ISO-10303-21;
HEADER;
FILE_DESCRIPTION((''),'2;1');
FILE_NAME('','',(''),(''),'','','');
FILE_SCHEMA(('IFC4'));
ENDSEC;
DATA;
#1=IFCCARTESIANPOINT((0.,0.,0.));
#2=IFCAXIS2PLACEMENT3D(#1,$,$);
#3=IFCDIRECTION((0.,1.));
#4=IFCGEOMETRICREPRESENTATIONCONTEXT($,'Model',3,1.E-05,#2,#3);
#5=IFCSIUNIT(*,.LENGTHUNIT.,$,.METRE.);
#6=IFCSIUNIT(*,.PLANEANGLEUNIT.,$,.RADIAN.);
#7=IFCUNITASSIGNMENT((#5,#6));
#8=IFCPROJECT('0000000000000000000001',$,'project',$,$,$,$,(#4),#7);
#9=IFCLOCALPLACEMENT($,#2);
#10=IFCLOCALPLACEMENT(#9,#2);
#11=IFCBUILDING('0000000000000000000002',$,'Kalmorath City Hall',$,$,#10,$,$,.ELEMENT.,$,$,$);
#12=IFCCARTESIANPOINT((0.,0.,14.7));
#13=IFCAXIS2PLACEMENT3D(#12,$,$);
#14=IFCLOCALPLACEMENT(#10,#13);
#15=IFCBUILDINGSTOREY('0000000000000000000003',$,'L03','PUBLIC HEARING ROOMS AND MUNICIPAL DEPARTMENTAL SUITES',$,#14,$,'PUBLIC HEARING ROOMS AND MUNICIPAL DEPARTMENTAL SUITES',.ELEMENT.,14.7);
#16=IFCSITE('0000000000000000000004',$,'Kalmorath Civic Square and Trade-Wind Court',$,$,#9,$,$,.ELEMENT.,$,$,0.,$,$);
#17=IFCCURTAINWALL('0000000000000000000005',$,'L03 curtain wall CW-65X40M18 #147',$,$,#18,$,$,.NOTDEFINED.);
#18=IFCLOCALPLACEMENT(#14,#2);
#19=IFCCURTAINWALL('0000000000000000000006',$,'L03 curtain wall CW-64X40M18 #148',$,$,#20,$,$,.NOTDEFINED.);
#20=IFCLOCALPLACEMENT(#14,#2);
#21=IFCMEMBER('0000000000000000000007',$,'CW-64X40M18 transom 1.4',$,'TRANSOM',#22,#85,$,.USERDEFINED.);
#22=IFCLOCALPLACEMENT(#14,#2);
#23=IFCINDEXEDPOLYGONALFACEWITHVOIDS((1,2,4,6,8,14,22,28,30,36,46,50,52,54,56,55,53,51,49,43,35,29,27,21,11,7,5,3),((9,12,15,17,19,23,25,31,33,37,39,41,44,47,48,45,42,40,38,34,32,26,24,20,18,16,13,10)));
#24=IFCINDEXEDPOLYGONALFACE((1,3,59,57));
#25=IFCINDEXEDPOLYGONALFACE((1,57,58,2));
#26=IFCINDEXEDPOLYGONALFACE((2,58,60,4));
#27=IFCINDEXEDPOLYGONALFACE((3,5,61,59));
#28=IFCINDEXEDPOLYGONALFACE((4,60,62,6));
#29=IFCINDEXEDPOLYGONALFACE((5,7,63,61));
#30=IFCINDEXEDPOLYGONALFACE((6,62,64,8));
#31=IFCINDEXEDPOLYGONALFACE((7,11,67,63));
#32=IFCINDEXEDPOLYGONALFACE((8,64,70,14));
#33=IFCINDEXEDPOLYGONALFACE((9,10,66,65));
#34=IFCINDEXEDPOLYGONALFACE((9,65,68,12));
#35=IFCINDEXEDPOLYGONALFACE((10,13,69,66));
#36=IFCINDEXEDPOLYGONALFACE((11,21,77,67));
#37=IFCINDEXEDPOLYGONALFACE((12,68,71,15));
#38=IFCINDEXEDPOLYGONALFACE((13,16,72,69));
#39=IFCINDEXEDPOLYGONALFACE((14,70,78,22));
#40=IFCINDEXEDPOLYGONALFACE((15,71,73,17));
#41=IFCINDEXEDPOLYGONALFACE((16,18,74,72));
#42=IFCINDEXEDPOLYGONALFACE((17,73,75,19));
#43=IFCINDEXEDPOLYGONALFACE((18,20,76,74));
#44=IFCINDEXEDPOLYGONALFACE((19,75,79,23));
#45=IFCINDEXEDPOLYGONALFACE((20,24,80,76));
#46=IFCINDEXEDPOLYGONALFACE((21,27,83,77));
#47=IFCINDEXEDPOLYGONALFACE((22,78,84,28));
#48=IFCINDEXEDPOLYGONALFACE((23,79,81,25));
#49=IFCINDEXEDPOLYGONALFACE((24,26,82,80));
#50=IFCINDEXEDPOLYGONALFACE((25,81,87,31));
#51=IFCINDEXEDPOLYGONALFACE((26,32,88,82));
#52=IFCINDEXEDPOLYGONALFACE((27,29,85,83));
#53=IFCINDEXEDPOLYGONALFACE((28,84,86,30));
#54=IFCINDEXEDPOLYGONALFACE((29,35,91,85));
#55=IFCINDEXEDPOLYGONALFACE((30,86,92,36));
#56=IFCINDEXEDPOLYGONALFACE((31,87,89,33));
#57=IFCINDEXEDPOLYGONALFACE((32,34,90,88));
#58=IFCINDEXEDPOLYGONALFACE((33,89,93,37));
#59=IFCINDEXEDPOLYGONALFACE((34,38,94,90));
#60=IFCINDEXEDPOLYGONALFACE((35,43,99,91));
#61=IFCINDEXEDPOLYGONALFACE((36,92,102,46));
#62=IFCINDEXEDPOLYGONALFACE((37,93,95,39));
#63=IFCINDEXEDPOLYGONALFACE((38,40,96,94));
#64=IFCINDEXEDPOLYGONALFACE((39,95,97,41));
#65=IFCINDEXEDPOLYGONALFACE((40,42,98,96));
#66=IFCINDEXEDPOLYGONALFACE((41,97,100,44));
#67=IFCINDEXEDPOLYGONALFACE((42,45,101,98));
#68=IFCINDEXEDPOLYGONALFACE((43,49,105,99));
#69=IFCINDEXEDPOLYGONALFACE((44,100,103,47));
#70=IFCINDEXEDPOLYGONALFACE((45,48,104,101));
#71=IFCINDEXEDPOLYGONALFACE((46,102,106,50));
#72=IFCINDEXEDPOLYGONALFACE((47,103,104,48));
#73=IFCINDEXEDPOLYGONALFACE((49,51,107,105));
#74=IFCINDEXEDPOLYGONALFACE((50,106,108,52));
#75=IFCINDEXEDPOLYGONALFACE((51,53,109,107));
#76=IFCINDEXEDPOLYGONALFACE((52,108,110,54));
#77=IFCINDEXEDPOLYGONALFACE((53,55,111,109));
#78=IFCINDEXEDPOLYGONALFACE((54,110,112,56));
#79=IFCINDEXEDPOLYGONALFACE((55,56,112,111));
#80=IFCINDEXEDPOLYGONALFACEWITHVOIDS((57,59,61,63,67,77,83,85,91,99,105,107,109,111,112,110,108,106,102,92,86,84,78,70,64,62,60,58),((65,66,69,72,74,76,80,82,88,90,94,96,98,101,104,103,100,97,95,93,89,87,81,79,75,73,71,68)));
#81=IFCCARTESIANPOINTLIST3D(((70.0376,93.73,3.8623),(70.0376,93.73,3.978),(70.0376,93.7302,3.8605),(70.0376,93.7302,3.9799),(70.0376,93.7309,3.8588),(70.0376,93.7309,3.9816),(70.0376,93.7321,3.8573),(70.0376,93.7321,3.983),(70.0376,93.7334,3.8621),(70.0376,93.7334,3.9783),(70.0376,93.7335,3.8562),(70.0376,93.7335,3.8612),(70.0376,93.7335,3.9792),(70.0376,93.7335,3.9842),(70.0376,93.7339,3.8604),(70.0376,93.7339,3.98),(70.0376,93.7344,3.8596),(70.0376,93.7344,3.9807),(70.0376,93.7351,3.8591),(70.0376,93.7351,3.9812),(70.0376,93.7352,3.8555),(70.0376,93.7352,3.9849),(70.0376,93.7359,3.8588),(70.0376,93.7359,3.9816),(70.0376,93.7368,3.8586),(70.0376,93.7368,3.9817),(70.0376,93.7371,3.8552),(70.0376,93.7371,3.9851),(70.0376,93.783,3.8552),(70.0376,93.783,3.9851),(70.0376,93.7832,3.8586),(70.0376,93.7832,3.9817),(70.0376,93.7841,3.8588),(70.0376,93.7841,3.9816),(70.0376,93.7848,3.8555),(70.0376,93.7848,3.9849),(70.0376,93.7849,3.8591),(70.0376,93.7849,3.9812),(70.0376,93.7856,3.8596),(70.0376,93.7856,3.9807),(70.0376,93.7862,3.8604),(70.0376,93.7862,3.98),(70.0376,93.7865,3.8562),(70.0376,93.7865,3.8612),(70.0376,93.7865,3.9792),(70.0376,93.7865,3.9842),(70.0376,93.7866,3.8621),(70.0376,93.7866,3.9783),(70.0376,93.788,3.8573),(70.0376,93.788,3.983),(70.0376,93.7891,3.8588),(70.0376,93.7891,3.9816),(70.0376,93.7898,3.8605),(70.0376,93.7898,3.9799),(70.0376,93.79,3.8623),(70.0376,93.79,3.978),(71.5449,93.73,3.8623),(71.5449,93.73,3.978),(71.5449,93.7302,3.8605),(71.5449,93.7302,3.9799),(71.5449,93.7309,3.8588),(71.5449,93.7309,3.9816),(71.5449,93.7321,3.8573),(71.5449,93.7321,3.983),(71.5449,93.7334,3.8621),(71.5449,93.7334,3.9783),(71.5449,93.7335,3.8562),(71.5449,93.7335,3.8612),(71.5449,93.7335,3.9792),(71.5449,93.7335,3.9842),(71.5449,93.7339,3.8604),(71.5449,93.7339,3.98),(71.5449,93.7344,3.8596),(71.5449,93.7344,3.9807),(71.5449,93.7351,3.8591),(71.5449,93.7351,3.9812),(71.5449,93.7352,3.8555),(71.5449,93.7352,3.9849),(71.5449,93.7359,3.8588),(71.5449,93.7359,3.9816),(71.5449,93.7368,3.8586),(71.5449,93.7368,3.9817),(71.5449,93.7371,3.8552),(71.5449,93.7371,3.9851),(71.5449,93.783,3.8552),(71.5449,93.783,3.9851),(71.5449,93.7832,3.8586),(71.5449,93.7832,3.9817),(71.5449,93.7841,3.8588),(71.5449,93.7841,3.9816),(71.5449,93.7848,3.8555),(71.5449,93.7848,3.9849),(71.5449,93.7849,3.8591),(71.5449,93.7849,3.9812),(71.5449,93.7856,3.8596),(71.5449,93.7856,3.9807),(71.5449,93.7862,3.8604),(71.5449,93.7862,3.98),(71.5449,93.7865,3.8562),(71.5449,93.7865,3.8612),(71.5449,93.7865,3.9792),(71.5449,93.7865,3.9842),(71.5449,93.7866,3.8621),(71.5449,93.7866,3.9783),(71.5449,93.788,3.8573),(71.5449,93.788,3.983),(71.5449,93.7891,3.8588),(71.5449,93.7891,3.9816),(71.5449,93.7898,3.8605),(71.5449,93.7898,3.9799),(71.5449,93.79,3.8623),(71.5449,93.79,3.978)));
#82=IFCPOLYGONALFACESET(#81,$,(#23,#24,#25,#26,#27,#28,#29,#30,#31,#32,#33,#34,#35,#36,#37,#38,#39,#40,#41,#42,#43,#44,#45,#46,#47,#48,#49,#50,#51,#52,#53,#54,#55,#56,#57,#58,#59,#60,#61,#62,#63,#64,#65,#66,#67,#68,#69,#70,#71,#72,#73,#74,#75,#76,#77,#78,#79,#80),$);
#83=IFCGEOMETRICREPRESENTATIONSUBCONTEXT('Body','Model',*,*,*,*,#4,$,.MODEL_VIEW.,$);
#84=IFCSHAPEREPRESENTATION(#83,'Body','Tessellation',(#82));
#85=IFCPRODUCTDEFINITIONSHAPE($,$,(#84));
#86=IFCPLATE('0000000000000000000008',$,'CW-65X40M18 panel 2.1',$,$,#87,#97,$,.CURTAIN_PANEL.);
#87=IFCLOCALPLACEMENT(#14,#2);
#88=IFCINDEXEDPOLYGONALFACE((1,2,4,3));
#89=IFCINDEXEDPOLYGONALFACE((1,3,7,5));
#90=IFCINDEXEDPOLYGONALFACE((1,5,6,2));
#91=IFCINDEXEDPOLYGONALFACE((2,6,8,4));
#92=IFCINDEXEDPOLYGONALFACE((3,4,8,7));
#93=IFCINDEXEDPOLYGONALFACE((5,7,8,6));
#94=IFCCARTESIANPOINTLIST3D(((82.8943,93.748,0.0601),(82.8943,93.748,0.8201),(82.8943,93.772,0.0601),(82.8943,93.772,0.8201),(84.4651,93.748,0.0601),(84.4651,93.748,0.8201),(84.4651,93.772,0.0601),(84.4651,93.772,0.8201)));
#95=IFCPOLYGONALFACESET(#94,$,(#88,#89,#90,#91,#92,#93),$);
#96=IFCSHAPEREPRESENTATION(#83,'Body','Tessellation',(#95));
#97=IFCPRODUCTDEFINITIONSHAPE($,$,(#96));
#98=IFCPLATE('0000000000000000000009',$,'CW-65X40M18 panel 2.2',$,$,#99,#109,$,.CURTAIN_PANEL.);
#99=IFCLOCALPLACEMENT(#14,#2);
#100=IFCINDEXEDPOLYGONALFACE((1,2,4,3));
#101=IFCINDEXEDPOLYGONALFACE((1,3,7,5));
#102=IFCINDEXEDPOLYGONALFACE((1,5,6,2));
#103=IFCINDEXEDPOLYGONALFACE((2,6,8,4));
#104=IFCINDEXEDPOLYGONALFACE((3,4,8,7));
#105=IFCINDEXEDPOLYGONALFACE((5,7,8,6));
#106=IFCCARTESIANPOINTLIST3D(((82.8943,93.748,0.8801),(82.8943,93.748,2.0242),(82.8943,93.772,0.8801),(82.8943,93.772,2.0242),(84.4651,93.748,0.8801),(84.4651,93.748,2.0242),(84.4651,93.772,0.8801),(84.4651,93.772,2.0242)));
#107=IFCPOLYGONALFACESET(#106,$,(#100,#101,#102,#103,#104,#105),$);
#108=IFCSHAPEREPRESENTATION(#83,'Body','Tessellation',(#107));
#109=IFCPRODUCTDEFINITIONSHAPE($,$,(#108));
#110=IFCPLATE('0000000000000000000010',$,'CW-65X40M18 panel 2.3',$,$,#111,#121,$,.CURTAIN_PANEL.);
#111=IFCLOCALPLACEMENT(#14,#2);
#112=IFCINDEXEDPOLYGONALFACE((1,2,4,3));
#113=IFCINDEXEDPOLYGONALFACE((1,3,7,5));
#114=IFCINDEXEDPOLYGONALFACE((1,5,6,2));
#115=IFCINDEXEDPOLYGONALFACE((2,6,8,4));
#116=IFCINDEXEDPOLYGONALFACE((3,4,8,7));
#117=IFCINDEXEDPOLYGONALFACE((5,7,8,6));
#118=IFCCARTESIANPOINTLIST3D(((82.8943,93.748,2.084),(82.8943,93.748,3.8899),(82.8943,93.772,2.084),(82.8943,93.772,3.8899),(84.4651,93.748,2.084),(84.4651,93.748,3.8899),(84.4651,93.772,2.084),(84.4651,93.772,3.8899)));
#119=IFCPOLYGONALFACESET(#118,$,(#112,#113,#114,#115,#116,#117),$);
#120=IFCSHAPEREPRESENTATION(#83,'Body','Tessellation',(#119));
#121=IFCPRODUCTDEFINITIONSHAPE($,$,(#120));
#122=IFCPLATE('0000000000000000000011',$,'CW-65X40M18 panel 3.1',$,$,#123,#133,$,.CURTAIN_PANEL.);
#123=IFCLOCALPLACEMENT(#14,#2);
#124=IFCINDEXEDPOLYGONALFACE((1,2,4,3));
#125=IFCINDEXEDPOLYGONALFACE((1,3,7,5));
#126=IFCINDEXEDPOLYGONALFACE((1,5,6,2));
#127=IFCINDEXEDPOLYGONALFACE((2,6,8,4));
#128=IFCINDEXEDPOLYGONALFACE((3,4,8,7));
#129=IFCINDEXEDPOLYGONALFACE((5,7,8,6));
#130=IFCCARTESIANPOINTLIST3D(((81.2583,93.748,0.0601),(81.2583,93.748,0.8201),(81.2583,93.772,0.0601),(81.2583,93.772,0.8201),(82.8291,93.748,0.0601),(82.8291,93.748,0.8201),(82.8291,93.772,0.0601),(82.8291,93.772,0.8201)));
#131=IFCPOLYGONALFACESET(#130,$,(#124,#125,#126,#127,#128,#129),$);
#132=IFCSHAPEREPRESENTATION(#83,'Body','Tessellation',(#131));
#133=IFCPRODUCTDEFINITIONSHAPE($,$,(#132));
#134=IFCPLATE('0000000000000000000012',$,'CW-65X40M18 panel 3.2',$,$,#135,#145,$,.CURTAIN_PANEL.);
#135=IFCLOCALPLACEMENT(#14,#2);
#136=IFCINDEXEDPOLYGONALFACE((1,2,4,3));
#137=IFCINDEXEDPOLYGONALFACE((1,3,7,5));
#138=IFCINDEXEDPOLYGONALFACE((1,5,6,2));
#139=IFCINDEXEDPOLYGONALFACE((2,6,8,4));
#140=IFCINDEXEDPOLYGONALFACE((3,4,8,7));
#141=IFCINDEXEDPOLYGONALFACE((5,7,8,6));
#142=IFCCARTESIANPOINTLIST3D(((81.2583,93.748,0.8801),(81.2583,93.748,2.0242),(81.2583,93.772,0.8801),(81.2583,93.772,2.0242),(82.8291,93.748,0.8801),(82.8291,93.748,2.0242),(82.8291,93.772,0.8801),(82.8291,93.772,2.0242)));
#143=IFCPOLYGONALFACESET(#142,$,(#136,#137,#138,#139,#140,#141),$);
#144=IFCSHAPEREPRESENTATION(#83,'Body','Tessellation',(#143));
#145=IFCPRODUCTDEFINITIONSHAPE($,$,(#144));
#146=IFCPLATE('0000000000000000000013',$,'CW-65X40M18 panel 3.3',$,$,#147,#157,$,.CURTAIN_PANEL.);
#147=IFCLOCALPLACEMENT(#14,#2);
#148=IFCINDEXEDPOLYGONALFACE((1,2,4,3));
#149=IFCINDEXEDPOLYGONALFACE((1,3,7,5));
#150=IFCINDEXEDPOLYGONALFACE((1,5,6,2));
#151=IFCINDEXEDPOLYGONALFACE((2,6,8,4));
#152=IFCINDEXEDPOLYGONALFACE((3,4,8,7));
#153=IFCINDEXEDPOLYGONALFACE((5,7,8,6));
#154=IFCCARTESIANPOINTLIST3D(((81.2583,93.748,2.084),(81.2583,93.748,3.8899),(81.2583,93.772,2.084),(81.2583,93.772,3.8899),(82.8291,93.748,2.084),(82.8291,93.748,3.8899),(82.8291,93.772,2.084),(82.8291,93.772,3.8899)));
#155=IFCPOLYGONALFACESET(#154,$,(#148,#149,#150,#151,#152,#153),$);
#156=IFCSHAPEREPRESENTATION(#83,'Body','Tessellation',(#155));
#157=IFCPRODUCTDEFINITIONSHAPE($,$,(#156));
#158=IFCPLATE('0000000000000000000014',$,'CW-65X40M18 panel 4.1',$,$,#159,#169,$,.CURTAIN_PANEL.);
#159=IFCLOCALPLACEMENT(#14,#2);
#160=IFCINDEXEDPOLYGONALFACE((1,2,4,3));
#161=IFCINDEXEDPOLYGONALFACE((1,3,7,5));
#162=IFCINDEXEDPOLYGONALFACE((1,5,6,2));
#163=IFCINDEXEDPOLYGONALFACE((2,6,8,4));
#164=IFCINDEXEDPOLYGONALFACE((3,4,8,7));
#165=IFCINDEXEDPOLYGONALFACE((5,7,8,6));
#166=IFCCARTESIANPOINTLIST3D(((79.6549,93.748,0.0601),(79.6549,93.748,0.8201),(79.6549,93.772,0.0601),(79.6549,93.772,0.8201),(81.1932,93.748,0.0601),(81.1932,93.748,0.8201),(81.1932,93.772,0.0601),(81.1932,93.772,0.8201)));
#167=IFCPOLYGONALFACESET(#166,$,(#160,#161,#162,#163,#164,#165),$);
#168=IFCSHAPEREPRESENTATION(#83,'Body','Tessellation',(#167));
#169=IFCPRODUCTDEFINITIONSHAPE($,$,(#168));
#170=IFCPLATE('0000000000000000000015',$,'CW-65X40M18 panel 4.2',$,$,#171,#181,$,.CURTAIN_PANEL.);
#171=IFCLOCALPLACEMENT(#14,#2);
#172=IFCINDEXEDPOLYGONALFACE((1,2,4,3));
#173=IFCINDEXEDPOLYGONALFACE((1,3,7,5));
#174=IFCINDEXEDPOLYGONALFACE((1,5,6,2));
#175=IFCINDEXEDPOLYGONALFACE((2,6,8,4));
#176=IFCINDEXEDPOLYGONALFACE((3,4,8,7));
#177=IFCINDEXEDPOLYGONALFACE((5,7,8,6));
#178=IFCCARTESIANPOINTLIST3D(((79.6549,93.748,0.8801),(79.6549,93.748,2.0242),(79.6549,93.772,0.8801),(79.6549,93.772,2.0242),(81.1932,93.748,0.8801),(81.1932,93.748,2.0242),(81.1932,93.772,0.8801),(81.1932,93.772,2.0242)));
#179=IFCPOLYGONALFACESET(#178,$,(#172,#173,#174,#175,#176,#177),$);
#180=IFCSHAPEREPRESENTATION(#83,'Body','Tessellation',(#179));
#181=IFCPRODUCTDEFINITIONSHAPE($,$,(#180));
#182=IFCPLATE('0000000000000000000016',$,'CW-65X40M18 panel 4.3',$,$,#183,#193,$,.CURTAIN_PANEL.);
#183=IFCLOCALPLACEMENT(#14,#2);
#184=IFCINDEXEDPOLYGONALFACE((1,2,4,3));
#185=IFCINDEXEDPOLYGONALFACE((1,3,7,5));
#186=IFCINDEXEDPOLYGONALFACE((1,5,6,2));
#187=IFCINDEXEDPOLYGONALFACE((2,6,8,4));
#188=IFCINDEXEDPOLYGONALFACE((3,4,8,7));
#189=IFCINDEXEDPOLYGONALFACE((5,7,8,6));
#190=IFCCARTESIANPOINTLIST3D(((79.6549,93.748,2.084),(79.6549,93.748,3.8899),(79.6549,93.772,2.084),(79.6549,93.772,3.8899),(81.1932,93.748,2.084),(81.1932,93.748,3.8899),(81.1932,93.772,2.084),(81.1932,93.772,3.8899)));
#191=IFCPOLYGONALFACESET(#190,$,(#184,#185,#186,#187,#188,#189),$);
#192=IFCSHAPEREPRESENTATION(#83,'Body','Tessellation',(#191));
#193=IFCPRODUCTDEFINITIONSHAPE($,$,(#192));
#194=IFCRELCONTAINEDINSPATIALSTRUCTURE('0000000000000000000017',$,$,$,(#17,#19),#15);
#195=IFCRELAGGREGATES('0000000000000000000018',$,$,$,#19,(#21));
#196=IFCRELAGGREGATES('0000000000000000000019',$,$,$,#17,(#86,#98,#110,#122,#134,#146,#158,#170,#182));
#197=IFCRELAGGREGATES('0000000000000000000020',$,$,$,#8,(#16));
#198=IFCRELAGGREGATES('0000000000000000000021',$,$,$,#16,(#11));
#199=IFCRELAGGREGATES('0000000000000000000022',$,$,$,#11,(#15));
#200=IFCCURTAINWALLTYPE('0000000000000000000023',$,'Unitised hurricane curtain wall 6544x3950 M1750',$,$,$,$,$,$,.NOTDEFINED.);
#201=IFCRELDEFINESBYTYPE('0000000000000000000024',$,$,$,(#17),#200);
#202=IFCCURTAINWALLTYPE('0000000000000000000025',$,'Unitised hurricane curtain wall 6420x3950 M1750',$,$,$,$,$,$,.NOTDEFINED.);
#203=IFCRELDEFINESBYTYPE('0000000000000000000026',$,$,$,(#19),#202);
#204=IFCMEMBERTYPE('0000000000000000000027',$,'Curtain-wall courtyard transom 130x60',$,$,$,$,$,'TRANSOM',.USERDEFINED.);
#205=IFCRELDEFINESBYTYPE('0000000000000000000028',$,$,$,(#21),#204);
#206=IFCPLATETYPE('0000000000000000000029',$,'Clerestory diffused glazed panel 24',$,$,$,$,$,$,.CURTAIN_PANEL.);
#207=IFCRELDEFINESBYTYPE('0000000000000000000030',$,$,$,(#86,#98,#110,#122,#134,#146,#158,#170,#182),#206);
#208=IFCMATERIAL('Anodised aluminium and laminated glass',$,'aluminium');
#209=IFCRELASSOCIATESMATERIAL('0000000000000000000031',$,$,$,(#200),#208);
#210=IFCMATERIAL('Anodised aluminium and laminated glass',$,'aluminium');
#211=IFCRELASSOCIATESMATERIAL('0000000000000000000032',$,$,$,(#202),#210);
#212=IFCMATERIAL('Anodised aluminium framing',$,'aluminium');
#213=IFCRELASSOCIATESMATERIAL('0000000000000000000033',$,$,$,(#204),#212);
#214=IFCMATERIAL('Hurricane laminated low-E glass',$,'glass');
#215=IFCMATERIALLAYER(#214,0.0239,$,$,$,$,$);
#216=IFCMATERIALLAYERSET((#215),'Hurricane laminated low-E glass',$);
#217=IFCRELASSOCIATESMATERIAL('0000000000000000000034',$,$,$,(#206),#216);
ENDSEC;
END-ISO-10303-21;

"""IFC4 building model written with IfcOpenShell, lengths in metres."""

from ifc_helpers import new_model, si_unit, direction, frame, origin, origin_2d, place, context, subcontext, project, spatial, rectangle, hollow_rectangle, extrude, material, layer, layer_set, material_profile, profile_set, type_object, element, aggregate, save


model = new_model("IFC4")

# Units and contexts
model_context = context("Model", 3, precision=1e-05, world=origin(), true_north=direction((0.0, 1.0)))
body_context = subcontext(model_context, "Body", "Model", "MODEL_VIEW")
ifc_project = project(units=[si_unit("LENGTHUNIT", "METRE"), si_unit("PLANEANGLEUNIT", "RADIAN")], contexts=[model_context])

# Site, building, storey
site_placement = place(None, origin())
site = spatial("IfcSite", under=ifc_project, at=site_placement, Name="Kalmorath Civic Square and Trade-Wind Court", CompositionType="ELEMENT", RefElevation=0.0)
building_placement = place(site_placement, origin())
building = spatial("IfcBuilding", under=site, at=building_placement, Name="Kalmorath City Hall", CompositionType="ELEMENT")
storey_placement = place(building_placement, frame((0.0, 0.0, 14.7)))
storey = spatial("IfcBuildingStorey", under=building, at=storey_placement, Name="L03", Description="PUBLIC HEARING ROOMS AND MUNICIPAL DEPARTMENTAL SUITES", LongName="PUBLIC HEARING ROOMS AND MUNICIPAL DEPARTMENTAL SUITES", CompositionType="ELEMENT", Elevation=14.7)

# Curtain wall
ifc_material_1 = material(Name="Anodised aluminium and laminated glass", Category="aluminium")
curtain_wall_type_1 = type_object("IfcCurtainWallType", Name="Unitised hurricane curtain wall 6544x3950 M1750", PredefinedType="NOTDEFINED", material=ifc_material_1)
curtain_wall_1_placement = place(storey_placement, origin())
curtain_wall_1 = element("IfcCurtainWall", 1, at=curtain_wall_1_placement, inside=storey, type_object=curtain_wall_type_1, Name="L03 curtain wall CW-65X40M18 #147", PredefinedType="NOTDEFINED")

# Curtain wall
ifc_material_2 = material(Name="Anodised aluminium and laminated glass", Category="aluminium")
curtain_wall_type_2 = type_object("IfcCurtainWallType", Name="Unitised hurricane curtain wall 6420x3950 M1750", PredefinedType="NOTDEFINED", material=ifc_material_2)
curtain_wall_2_placement = place(storey_placement, origin())
curtain_wall_2 = element("IfcCurtainWall", 2, at=curtain_wall_2_placement, inside=storey, type_object=curtain_wall_type_2, Name="L03 curtain wall CW-64X40M18 #148", PredefinedType="NOTDEFINED")

# Member
ifc_material_3 = material(Name="Anodised aluminium framing", Category="aluminium")
ifc_material_profile_1 = material_profile(ifc_material_3, hollow_rectangle(XDim=0.0601, YDim=0.1299, WallThickness=0.0034, InnerFilletRadius=0.0034, OuterFilletRadius=0.0071, at=origin_2d()), Name="ALU-TRN-130X60X3.5")
ifc_profile_set_1 = profile_set([ifc_material_profile_1], Name="Anodised aluminium framing")
member_type_1 = type_object("IfcMemberType", Name="Curtain-wall courtyard transom 130x60", ElementType="TRANSOM", PredefinedType="USERDEFINED", material=ifc_profile_set_1)
member_1_placement = place(storey_placement, frame((71.5449, 93.76, 3.9202), z_axis=(-1.0, 0.0, 0.0), x_axis=(0.0, -1.0, 0.0)))
member_1 = element("IfcMember", 3, at=member_1_placement, type_object=member_type_1, Name="CW-64X40M18 transom 1.4", ObjectType="TRANSOM", PredefinedType="USERDEFINED", context=body_context, shape_type="SweptSolid", body=[
    extrude(hollow_rectangle(XDim=0.0601, YDim=0.1299, WallThickness=0.0034, InnerFilletRadius=0.0034, OuterFilletRadius=0.0071, at=origin_2d()), origin(), (0.0, 0.0, 1.0), 1.5073),
])
aggregate(curtain_wall_2, [member_1])

# Plates
ifc_material_4 = material(Name="Hurricane laminated low-E glass", Category="glass")
ifc_layer_1 = layer(ifc_material_4, 0.0239)
ifc_layer_set_1 = layer_set([ifc_layer_1], Name="Hurricane laminated low-E glass")
plate_type = type_object("IfcPlateType", Name="Clerestory diffused glazed panel 24", PredefinedType="CURTAIN_PANEL", material=ifc_layer_set_1)
plate_1_placement = place(storey_placement, frame((83.6797, 93.76, 0.0601), z_axis=(0.0, 0.0, 1.0), x_axis=(-1.0, 0.0, 0.0)))
plate_1 = element("IfcPlate", 4, at=plate_1_placement, type_object=plate_type, Name="CW-65X40M18 panel 2.1", PredefinedType="CURTAIN_PANEL", context=body_context, shape_type="SweptSolid", body=[
    extrude(rectangle(XDim=1.5708, YDim=0.0239, at=origin_2d()), origin(), (0.0, 0.0, 1.0), 0.76),
])
plate_2_placement = place(storey_placement, frame((83.6797, 93.76, 0.8801), z_axis=(0.0, 0.0, 1.0), x_axis=(-1.0, 0.0, 0.0)))
plate_2 = element("IfcPlate", 5, at=plate_2_placement, type_object=plate_type, Name="CW-65X40M18 panel 2.2", PredefinedType="CURTAIN_PANEL", context=body_context, shape_type="SweptSolid", body=[
    extrude(rectangle(XDim=1.5708, YDim=0.0239, at=origin_2d()), origin(), (0.0, 0.0, 1.0), 1.144),
])
plate_3_placement = place(storey_placement, frame((83.6797, 93.76, 2.084), z_axis=(0.0, 0.0, 1.0), x_axis=(-1.0, 0.0, 0.0)))
plate_3 = element("IfcPlate", 6, at=plate_3_placement, type_object=plate_type, Name="CW-65X40M18 panel 2.3", PredefinedType="CURTAIN_PANEL", context=body_context, shape_type="SweptSolid", body=[
    extrude(rectangle(XDim=1.5708, YDim=0.0239, at=origin_2d()), origin(), (0.0, 0.0, 1.0), 1.8059),
])
plate_4_placement = place(storey_placement, frame((82.0437, 93.76, 0.0601), z_axis=(0.0, 0.0, 1.0), x_axis=(-1.0, 0.0, 0.0)))
plate_4 = element("IfcPlate", 7, at=plate_4_placement, type_object=plate_type, Name="CW-65X40M18 panel 3.1", PredefinedType="CURTAIN_PANEL", context=body_context, shape_type="SweptSolid", body=[
    extrude(rectangle(XDim=1.5708, YDim=0.0239, at=origin_2d()), origin(), (0.0, 0.0, 1.0), 0.76),
])
plate_5_placement = place(storey_placement, frame((82.0437, 93.76, 0.8801), z_axis=(0.0, 0.0, 1.0), x_axis=(-1.0, 0.0, 0.0)))
plate_5 = element("IfcPlate", 8, at=plate_5_placement, type_object=plate_type, Name="CW-65X40M18 panel 3.2", PredefinedType="CURTAIN_PANEL", context=body_context, shape_type="SweptSolid", body=[
    extrude(rectangle(XDim=1.5708, YDim=0.0239, at=origin_2d()), origin(), (0.0, 0.0, 1.0), 1.144),
])
plate_6_placement = place(storey_placement, frame((82.0437, 93.76, 2.084), z_axis=(0.0, 0.0, 1.0), x_axis=(-1.0, 0.0, 0.0)))
plate_6 = element("IfcPlate", 9, at=plate_6_placement, type_object=plate_type, Name="CW-65X40M18 panel 3.3", PredefinedType="CURTAIN_PANEL", context=body_context, shape_type="SweptSolid", body=[
    extrude(rectangle(XDim=1.5708, YDim=0.0239, at=origin_2d()), origin(), (0.0, 0.0, 1.0), 1.8059),
])
plate_7_placement = place(storey_placement, frame((80.4241, 93.76, 0.0601), z_axis=(0.0, 0.0, 1.0), x_axis=(-1.0, 0.0, 0.0)))
plate_7 = element("IfcPlate", 10, at=plate_7_placement, type_object=plate_type, Name="CW-65X40M18 panel 4.1", PredefinedType="CURTAIN_PANEL", context=body_context, shape_type="SweptSolid", body=[
    extrude(rectangle(XDim=1.5383, YDim=0.0239, at=origin_2d()), origin(), (0.0, 0.0, 1.0), 0.76),
])
plate_8_placement = place(storey_placement, frame((80.4241, 93.76, 0.8801), z_axis=(0.0, 0.0, 1.0), x_axis=(-1.0, 0.0, 0.0)))
plate_8 = element("IfcPlate", 11, at=plate_8_placement, type_object=plate_type, Name="CW-65X40M18 panel 4.2", PredefinedType="CURTAIN_PANEL", context=body_context, shape_type="SweptSolid", body=[
    extrude(rectangle(XDim=1.5383, YDim=0.0239, at=origin_2d()), origin(), (0.0, 0.0, 1.0), 1.144),
])
plate_9_placement = place(storey_placement, frame((80.4241, 93.76, 2.084), z_axis=(0.0, 0.0, 1.0), x_axis=(-1.0, 0.0, 0.0)))
plate_9 = element("IfcPlate", 12, at=plate_9_placement, type_object=plate_type, Name="CW-65X40M18 panel 4.3", PredefinedType="CURTAIN_PANEL", context=body_context, shape_type="SweptSolid", body=[
    extrude(rectangle(XDim=1.5383, YDim=0.0239, at=origin_2d()), origin(), (0.0, 0.0, 1.0), 1.8059),
])
aggregate(curtain_wall_1, [plate_1, plate_2, plate_3, plate_4, plate_5, plate_6, plate_7, plate_8, plate_9])

save(model, "model.ifc")
